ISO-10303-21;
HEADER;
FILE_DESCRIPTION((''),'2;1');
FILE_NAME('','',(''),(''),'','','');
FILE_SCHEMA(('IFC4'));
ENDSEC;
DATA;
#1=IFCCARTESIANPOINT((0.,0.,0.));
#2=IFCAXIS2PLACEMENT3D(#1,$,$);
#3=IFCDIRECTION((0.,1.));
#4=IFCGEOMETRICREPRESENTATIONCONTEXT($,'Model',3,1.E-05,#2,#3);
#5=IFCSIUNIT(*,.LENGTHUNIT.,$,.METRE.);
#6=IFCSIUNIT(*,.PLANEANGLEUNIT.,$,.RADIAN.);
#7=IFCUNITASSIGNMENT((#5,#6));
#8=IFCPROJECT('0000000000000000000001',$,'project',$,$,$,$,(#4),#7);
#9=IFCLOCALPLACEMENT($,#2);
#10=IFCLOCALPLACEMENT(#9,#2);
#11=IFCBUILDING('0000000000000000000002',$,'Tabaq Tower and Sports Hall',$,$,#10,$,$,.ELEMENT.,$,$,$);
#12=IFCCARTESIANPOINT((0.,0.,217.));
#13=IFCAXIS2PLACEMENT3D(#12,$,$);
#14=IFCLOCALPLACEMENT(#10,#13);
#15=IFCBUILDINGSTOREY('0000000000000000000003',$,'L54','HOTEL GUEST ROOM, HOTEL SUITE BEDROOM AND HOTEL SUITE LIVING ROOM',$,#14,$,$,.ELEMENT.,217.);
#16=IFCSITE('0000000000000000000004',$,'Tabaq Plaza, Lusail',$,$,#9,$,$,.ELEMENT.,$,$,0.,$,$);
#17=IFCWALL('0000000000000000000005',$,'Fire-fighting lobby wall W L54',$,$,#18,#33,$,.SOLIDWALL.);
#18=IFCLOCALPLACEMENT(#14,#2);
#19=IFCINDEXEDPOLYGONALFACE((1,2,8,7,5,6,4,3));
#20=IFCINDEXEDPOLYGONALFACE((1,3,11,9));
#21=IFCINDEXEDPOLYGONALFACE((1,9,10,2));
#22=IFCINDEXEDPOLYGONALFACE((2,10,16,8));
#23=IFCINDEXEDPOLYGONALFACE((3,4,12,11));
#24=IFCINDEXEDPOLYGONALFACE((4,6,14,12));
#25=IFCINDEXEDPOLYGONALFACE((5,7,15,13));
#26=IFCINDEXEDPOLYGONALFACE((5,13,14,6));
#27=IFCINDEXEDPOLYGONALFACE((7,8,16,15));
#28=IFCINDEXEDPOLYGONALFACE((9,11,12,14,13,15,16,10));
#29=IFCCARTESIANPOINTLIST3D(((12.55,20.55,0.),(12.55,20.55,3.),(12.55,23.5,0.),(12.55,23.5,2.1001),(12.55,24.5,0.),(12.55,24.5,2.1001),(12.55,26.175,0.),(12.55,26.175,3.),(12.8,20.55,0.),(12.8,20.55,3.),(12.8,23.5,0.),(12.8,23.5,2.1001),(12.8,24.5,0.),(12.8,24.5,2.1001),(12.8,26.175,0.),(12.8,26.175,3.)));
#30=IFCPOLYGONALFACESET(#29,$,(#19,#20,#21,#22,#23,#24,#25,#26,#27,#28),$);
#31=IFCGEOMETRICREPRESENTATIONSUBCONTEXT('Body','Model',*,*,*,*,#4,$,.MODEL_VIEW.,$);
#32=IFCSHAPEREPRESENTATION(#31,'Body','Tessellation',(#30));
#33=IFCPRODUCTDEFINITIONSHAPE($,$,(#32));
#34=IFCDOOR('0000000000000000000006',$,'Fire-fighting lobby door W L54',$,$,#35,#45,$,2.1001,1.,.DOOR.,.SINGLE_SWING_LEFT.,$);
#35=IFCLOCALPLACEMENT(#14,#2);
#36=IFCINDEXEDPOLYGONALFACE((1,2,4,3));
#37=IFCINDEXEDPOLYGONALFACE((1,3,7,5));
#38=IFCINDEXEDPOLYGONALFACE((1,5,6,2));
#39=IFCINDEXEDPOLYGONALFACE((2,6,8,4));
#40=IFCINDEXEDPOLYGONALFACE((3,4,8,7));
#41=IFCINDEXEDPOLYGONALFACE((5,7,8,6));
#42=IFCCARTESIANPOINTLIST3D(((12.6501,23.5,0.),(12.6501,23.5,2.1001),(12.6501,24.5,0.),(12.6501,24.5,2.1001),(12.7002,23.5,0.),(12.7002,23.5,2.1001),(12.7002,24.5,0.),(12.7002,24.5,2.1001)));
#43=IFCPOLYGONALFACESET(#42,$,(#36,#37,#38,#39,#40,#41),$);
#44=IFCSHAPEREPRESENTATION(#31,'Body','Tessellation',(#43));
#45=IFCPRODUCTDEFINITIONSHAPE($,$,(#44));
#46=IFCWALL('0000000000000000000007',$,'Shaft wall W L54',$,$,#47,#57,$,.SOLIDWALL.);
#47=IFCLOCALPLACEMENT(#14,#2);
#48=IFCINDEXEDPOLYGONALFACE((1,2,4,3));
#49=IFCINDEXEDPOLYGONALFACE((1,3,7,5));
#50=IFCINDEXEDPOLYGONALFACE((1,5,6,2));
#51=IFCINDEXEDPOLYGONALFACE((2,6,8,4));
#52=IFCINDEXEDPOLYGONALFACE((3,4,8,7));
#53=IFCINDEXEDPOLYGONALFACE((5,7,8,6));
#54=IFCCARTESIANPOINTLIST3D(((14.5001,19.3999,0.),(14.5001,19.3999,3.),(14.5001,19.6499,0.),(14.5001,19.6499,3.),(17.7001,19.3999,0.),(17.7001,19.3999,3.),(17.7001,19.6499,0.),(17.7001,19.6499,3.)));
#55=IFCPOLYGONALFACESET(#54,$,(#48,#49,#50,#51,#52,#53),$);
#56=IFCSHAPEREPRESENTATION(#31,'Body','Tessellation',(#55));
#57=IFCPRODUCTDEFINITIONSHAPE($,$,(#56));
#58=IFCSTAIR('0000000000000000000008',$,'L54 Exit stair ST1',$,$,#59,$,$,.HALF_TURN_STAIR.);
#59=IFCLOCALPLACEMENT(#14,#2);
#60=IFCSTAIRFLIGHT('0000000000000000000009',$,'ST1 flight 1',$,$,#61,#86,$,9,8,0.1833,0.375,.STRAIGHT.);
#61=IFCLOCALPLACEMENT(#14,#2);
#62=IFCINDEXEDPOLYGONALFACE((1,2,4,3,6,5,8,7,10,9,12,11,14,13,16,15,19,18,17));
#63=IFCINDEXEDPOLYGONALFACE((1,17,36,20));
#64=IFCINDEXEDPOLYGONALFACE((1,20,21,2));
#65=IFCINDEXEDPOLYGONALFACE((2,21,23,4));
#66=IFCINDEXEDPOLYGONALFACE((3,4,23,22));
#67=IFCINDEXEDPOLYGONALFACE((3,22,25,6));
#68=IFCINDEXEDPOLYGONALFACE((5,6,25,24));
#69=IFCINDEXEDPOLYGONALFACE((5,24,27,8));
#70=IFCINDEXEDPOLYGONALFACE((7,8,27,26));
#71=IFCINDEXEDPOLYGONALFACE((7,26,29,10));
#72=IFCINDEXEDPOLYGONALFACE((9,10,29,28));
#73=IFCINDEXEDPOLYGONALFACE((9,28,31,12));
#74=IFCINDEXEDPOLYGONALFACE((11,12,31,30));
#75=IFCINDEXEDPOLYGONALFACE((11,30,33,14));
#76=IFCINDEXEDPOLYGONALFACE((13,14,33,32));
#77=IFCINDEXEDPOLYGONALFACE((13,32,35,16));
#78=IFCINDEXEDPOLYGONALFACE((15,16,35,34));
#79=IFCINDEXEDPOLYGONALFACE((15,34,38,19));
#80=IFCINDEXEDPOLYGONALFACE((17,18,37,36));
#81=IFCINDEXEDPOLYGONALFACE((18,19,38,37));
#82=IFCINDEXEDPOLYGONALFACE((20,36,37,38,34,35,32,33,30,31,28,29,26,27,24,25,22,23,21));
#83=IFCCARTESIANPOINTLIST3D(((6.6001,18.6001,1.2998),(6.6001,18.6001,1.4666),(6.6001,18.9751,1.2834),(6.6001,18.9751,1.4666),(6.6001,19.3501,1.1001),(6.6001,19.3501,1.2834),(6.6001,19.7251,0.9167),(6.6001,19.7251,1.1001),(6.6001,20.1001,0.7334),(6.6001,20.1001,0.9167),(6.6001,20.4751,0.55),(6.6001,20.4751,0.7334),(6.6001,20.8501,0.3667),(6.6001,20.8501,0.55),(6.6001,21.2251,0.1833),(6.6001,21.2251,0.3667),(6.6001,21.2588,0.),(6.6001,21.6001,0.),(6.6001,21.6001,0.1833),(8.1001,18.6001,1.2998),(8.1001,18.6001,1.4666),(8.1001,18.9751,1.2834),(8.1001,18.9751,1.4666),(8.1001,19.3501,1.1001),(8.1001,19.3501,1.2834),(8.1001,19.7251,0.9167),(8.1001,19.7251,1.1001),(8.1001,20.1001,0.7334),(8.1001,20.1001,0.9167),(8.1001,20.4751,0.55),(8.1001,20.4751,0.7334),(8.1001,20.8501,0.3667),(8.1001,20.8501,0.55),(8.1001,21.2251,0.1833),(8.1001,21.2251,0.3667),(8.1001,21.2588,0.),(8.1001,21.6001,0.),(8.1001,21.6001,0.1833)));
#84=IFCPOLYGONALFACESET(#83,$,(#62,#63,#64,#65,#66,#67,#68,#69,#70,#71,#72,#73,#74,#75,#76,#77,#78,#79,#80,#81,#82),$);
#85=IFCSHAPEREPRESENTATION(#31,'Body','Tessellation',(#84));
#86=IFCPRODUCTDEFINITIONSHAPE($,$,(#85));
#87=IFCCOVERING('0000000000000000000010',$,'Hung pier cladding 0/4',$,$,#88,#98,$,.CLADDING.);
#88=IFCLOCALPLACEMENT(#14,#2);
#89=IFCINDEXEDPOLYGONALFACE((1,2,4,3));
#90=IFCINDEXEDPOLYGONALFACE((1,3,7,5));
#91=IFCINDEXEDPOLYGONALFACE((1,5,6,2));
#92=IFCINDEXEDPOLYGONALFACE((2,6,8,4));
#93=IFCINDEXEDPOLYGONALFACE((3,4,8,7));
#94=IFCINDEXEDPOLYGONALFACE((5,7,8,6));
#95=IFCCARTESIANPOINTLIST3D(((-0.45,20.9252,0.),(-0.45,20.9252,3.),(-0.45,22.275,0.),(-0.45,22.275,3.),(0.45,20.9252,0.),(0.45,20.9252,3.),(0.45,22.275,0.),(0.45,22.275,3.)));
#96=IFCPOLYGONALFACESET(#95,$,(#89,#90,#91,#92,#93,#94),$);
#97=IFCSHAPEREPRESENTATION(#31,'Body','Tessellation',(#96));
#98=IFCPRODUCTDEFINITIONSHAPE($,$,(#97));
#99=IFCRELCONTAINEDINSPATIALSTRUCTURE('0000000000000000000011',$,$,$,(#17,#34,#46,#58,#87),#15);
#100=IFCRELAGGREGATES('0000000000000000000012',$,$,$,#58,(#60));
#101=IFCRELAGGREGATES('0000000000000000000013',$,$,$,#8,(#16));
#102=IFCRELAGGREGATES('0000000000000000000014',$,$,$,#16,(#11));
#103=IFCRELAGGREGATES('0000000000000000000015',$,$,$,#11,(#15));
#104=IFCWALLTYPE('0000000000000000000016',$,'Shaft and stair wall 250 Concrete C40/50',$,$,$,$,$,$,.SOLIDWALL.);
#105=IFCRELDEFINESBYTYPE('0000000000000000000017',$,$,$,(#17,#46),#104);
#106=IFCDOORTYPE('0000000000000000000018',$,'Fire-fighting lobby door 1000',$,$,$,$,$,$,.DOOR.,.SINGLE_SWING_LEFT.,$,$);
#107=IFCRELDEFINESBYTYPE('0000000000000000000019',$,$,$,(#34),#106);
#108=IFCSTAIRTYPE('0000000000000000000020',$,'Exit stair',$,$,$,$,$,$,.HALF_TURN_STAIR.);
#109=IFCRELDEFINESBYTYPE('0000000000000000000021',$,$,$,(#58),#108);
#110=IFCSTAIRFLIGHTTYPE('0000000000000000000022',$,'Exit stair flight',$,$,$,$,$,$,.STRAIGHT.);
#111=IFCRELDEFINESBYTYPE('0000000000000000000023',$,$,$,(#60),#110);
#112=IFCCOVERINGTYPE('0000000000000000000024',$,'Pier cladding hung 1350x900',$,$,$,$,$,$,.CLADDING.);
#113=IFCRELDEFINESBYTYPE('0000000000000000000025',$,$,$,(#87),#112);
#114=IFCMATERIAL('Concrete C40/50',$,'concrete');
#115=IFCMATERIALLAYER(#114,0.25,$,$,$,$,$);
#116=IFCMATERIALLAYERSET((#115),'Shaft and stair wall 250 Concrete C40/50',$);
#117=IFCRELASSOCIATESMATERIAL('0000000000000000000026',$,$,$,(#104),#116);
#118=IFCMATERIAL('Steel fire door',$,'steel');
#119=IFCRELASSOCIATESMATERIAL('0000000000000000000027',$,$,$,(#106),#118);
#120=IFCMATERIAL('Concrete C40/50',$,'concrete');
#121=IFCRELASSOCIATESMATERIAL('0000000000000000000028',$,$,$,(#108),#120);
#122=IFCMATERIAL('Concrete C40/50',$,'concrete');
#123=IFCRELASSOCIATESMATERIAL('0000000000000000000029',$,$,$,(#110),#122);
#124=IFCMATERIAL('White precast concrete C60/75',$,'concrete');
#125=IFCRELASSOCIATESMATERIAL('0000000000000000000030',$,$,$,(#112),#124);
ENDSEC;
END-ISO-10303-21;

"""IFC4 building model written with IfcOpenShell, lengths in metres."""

from ifc_helpers import new_model, si_unit, direction, frame, frame_2d, origin, place, context, subcontext, project, spatial, polyline, rectangle, outline, extrude, material, layer, layer_set, type_object, element, fill, aggregate, save


model = new_model("IFC4")

# Units and contexts
model_context = context("Model", 3, precision=1e-05, world=origin(), true_north=direction((0.0, 1.0)))
body_context = subcontext(model_context, "Body", "Model", "MODEL_VIEW")
ifc_project = project(units=[si_unit("LENGTHUNIT", "METRE"), si_unit("PLANEANGLEUNIT", "RADIAN")], contexts=[model_context])

# Site, building, storey
site_placement = place(None, origin())
site = spatial("IfcSite", under=ifc_project, at=site_placement, Name="Tabaq Plaza, Lusail", CompositionType="ELEMENT", RefElevation=0.0)
building_placement = place(site_placement, origin())
building = spatial("IfcBuilding", under=site, at=building_placement, Name="Tabaq Tower and Sports Hall", CompositionType="ELEMENT")
storey_placement = place(building_placement, frame((0.0, 0.0, 217.0)))
storey = spatial("IfcBuildingStorey", under=building, at=storey_placement, Name="L54", Description="HOTEL GUEST ROOM, HOTEL SUITE BEDROOM AND HOTEL SUITE LIVING ROOM", CompositionType="ELEMENT", Elevation=217.0)

# Shared definitions
ifc_material_1 = material(Name="Concrete C40/50", Category="concrete")
ifc_layer_1 = layer(ifc_material_1, 0.25)
ifc_layer_set_1 = layer_set([ifc_layer_1], Name="Shaft and stair wall 250 Concrete C40/50")
wall_type_1 = type_object("IfcWallType", Name="Shaft and stair wall 250 Concrete C40/50", PredefinedType="SOLIDWALL", material=ifc_layer_set_1)

# Wall, opening, door
wall_1_placement = place(storey_placement, frame((12.675, 20.55, 0.0), z_axis=(0.0, 0.0, 1.0), x_axis=(0.0, 1.0, 0.0)))
wall_1 = element("IfcWall", 1, at=wall_1_placement, inside=storey, type_object=wall_type_1, Name="Fire-fighting lobby wall W L54", PredefinedType="SOLIDWALL", context=body_context, shape_type="SweptSolid", body=[
    extrude(rectangle(XDim=5.625, YDim=0.25, at=frame_2d((2.8125, 0.0))), origin(), (0.0, 0.0, 1.0), 3.0),
])
opening_1_placement = place(wall_1_placement, frame((2.95, 0.0, 0.0)))
opening_1 = element("IfcOpeningElement", 2, at=opening_1_placement, cuts=wall_1, PredefinedType="OPENING", context=body_context, shape_type="SweptSolid", body=[
    extrude(rectangle(XDim=1.0, YDim=2.1001, at=frame_2d((0.5, 1.05))), frame((0.0, 0.125, 0.0), z_axis=(0.0, -1.0, 0.0), x_axis=(1.0, 0.0, 0.0)), (0.0, 0.0, 1.0), 0.25),
])
ifc_material_2 = material(Name="Steel fire door", Category="steel")
door_type_1 = type_object("IfcDoorType", Name="Fire-fighting lobby door 1000", OperationType="SINGLE_SWING_LEFT", PredefinedType="DOOR", material=ifc_material_2)
door_1_placement = place(opening_1_placement, origin())
door_1 = element("IfcDoor", 3, at=door_1_placement, inside=storey, type_object=door_type_1, Name="Fire-fighting lobby door W L54", OperationType="SINGLE_SWING_LEFT", OverallHeight=2.1001, OverallWidth=1.0, PredefinedType="DOOR", context=body_context, shape_type="SweptSolid", body=[
    extrude(rectangle(XDim=1.0, YDim=2.1001, at=frame_2d((0.5, 1.05))), frame((0.0, 0.0249, 0.0), z_axis=(0.0, -1.0, 0.0), x_axis=(1.0, 0.0, 0.0)), (0.0, 0.0, 1.0), 0.05),
])
fill(opening_1, door_1)

# Wall
wall_2_placement = place(storey_placement, frame((14.5, 19.5249, 0.0), z_axis=(0.0, 0.0, 1.0), x_axis=(1.0, 0.0, 0.0)))
element("IfcWall", 4, at=wall_2_placement, inside=storey, type_object=wall_type_1, Name="Shaft wall W L54", PredefinedType="SOLIDWALL", context=body_context, shape_type="SweptSolid", body=[
    extrude(rectangle(XDim=3.2, YDim=0.25, at=frame_2d((1.6001, 0.0))), origin(), (0.0, 0.0, 1.0), 3.0),
])

# Stair, stair flight
ifc_material_3 = material(Name="Concrete C40/50", Category="concrete")
stair_type = type_object("IfcStairType", Name="Exit stair", PredefinedType="HALF_TURN_STAIR", material=ifc_material_3)
stair_placement = place(storey_placement, origin())
stair = element("IfcStair", 5, at=stair_placement, inside=storey, type_object=stair_type, Name="L54 Exit stair ST1", PredefinedType="HALF_TURN_STAIR")
ifc_material_4 = material(Name="Concrete C40/50", Category="concrete")
stair_flight_type = type_object("IfcStairFlightType", Name="Exit stair flight", PredefinedType="STRAIGHT", material=ifc_material_4)
stair_flight_placement = place(storey_placement, frame((7.3501, 21.6001, 0.0), z_axis=(0.0, 0.0, 1.0), x_axis=(0.0, -1.0, 0.0)))
stair_flight = element("IfcStairFlight", 6, at=stair_flight_placement, type_object=stair_flight_type, Name="ST1 flight 1", NumberOfRisers=9, NumberOfTreads=8, PredefinedType="STRAIGHT", RiserHeight=0.1833, TreadLength=0.375, context=body_context, shape_type="SweptSolid", body=[
    extrude(outline(polyline([(0.0, 0.0), (0.0, 0.1833), (0.375, 0.1833), (0.375, 0.3667), (0.75, 0.3667), (0.75, 0.55), (1.125, 0.55), (1.125, 0.7334), (1.5, 0.7334), (1.5, 0.9167), (1.875, 0.9167), (1.875, 1.1001), (2.25, 1.1001), (2.25, 1.2834), (2.625, 1.2834), (2.625, 1.4666), (3.0, 1.4666), (3.0, 1.6499), (3.0, 1.2998), (0.3413, 0.0), (0.0, 0.0)])), frame((0.0, 0.75, 0.0), z_axis=(0.0, -1.0, 0.0), x_axis=(1.0, 0.0, 0.0)), (0.0, 0.0, 1.0), 1.5),
])
aggregate(stair, [stair_flight])

# Covering
ifc_material_5 = material(Name="White precast concrete C60/75", Category="concrete")
covering_type_1 = type_object("IfcCoveringType", Name="Pier cladding hung 1350x900", PredefinedType="CLADDING", material=ifc_material_5)
covering_placement = place(storey_placement, frame((0.0, 22.2749, 0.0), z_axis=(0.0, 0.0, 1.0), x_axis=(0.0, -1.0, 0.0)))
element("IfcCovering", 7, at=covering_placement, inside=storey, type_object=covering_type_1, Name="Hung pier cladding 0/4", PredefinedType="CLADDING", context=body_context, shape_type="SweptSolid", body=[
    extrude(rectangle(XDim=1.3499, YDim=0.8999, at=frame_2d((0.6748, 0.0))), origin(), (0.0, 0.0, 1.0), 3.0),
])

save(model, "model.ifc")
